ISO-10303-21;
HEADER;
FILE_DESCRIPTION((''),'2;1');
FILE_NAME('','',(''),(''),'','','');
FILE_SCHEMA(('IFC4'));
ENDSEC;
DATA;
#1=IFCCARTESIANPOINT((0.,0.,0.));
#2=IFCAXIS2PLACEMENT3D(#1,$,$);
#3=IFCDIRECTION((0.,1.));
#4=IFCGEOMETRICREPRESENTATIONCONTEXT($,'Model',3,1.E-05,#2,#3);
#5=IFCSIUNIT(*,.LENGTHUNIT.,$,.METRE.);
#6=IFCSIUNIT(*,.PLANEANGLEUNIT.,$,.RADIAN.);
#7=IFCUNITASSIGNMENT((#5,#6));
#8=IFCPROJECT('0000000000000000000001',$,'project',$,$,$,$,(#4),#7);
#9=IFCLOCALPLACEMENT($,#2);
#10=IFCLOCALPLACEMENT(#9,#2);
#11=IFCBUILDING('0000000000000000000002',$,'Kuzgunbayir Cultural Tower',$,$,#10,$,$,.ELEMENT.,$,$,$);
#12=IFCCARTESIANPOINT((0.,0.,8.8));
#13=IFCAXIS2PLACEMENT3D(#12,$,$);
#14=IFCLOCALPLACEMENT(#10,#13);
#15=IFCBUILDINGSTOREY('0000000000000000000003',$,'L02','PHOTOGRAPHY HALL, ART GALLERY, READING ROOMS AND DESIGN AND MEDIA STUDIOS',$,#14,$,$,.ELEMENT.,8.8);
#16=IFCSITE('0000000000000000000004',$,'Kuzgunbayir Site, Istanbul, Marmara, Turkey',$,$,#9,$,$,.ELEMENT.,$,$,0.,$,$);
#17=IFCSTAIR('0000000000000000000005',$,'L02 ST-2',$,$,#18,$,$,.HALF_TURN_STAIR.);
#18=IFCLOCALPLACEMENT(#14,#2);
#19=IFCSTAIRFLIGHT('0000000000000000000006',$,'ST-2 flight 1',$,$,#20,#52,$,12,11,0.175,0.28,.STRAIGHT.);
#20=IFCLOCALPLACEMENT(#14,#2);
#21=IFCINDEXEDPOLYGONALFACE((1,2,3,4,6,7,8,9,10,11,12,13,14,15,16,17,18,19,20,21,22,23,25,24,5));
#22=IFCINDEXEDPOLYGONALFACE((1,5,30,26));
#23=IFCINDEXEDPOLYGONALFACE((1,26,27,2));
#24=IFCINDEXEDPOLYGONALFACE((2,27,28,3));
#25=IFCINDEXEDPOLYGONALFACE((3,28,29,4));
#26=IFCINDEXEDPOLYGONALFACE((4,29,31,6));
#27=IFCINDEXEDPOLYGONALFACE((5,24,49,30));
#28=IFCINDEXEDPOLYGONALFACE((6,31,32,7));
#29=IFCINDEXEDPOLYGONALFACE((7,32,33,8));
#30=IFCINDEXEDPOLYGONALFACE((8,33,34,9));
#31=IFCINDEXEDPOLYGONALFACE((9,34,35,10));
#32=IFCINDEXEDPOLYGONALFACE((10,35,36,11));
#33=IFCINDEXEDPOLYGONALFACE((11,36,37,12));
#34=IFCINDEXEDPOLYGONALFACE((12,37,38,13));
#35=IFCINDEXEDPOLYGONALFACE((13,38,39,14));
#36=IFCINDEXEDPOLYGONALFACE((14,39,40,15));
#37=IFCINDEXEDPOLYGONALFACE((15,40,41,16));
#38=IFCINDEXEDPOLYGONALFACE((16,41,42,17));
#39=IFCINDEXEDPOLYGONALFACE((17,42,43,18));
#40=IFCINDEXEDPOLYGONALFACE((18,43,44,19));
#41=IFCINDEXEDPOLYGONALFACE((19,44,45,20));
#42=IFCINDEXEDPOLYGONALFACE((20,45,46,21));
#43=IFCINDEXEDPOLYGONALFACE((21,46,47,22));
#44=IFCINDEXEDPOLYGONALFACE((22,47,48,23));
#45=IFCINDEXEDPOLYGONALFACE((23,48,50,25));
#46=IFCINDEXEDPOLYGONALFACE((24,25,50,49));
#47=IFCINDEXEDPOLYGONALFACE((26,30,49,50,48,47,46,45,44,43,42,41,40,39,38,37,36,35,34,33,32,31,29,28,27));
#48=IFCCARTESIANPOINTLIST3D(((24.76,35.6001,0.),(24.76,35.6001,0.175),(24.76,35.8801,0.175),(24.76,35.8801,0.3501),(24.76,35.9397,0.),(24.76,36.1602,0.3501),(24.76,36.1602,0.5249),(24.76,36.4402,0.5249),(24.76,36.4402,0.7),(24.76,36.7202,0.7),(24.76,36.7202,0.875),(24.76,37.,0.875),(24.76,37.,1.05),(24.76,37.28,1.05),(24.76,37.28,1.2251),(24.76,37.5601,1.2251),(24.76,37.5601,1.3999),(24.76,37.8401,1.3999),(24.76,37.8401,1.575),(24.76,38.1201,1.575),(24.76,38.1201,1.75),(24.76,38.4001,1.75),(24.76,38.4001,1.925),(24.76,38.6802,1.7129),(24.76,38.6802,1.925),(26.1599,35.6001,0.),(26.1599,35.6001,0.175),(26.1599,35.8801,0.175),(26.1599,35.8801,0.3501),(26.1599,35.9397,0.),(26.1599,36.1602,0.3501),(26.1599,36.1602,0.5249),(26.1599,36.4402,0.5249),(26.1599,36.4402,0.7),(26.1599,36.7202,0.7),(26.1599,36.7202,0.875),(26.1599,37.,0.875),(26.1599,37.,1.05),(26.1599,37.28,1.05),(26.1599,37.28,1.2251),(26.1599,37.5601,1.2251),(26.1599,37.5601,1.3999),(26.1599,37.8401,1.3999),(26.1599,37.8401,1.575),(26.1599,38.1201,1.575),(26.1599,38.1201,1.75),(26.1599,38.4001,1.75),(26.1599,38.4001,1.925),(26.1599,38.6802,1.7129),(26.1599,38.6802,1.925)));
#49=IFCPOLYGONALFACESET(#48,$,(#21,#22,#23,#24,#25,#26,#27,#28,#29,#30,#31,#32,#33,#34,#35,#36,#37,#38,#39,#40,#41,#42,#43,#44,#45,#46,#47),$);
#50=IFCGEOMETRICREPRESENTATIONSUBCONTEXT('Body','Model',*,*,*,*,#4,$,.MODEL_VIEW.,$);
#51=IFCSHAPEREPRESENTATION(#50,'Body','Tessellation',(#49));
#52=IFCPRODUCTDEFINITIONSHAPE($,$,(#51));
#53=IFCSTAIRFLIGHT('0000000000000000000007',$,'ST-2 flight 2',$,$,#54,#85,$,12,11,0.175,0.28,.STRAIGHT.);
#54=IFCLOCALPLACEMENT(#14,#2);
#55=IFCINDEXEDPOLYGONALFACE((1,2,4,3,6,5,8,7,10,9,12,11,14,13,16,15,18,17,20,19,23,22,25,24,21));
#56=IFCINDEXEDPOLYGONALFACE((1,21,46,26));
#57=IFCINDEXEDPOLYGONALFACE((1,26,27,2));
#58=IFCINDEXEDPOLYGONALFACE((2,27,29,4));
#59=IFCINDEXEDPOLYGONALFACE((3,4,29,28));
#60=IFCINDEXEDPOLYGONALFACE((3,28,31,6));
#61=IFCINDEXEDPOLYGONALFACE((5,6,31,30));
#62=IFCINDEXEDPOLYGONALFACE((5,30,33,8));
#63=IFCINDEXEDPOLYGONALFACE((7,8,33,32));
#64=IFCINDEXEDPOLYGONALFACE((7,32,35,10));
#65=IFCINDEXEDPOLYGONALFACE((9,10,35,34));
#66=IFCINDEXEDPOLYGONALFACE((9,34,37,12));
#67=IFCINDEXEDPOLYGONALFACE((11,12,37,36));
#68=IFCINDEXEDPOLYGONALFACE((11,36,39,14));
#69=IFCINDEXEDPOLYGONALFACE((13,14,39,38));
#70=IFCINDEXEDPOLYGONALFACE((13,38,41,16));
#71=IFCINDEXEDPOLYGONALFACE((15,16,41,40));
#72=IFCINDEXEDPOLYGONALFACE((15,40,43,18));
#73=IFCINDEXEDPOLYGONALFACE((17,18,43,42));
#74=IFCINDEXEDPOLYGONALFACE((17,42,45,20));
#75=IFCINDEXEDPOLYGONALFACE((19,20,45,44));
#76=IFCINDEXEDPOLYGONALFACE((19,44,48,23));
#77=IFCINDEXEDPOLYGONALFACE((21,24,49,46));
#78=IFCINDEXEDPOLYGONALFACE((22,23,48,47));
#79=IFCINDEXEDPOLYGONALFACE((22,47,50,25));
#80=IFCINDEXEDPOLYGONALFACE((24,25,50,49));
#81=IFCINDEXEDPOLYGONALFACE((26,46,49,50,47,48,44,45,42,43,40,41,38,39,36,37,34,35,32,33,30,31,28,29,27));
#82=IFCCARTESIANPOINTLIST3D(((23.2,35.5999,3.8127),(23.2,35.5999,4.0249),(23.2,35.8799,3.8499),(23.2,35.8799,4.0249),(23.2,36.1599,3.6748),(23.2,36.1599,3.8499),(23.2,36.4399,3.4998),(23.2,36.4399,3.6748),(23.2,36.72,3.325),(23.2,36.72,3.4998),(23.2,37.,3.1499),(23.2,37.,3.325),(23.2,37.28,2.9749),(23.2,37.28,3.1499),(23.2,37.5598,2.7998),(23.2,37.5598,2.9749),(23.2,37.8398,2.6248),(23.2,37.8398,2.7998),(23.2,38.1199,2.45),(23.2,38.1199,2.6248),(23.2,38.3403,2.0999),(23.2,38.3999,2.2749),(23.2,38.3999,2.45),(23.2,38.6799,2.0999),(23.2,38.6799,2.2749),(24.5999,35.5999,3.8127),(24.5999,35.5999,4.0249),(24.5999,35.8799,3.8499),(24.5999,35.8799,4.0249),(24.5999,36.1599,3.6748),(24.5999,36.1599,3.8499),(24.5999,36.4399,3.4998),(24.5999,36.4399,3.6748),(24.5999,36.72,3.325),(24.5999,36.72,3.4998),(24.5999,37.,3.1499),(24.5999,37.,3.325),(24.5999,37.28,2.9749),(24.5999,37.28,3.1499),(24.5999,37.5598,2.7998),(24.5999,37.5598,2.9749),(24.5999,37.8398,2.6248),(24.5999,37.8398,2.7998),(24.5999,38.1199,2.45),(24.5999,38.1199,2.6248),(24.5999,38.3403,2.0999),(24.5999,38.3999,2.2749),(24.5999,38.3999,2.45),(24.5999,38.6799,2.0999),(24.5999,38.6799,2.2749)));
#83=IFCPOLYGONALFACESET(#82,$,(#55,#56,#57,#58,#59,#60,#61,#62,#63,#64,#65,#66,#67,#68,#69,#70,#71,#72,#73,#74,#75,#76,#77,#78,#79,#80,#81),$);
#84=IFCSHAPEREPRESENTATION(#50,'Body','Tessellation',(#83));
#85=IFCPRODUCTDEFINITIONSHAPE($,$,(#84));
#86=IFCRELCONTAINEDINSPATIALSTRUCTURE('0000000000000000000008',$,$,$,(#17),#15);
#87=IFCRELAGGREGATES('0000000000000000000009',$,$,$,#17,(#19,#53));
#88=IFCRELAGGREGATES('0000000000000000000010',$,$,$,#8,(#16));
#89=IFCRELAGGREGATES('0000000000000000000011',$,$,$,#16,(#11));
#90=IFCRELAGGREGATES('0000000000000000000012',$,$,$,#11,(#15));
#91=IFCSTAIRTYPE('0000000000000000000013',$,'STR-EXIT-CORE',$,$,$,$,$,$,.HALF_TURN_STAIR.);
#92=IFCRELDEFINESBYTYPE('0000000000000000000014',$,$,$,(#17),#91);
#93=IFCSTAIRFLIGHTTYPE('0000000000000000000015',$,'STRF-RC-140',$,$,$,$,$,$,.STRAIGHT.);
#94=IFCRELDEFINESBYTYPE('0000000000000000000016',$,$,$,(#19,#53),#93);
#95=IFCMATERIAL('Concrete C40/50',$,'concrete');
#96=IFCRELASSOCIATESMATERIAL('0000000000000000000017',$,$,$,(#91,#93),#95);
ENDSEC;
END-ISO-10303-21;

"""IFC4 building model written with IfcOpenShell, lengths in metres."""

from ifc_helpers import new_model, si_unit, direction, frame, origin, place, context, subcontext, project, spatial, polyline, outline, extrude, material, type_object, element, aggregate, save


model = new_model("IFC4")

# Units and contexts
model_context = context("Model", 3, precision=1e-05, world=origin(), true_north=direction((0.0, 1.0)))
body_context = subcontext(model_context, "Body", "Model", "MODEL_VIEW")
ifc_project = project(units=[si_unit("LENGTHUNIT", "METRE"), si_unit("PLANEANGLEUNIT", "RADIAN")], contexts=[model_context])

# Site, building, storey
site_placement = place(None, origin())
site = spatial("IfcSite", under=ifc_project, at=site_placement, Name="Kuzgunbayir Site, Istanbul, Marmara, Turkey", CompositionType="ELEMENT", RefElevation=0.0)
building_placement = place(site_placement, origin())
building = spatial("IfcBuilding", under=site, at=building_placement, Name="Kuzgunbayir Cultural Tower", CompositionType="ELEMENT")
storey_placement = place(building_placement, frame((0.0, 0.0, 8.8)))
storey = spatial("IfcBuildingStorey", under=building, at=storey_placement, Name="L02", Description="PHOTOGRAPHY HALL, ART GALLERY, READING ROOMS AND DESIGN AND MEDIA STUDIOS", CompositionType="ELEMENT", Elevation=8.8)

# Shared definitions
ifc_material_1 = material(Name="Concrete C40/50", Category="concrete")

# Stair, stair flights
stair_type = type_object("IfcStairType", Name="STR-EXIT-CORE", PredefinedType="HALF_TURN_STAIR", material=ifc_material_1)
stair_placement = place(storey_placement, origin())
stair = element("IfcStair", 1, at=stair_placement, inside=storey, type_object=stair_type, Name="L02 ST-2", PredefinedType="HALF_TURN_STAIR")
stair_flight_type = type_object("IfcStairFlightType", Name="STRF-RC-140", PredefinedType="STRAIGHT", material=ifc_material_1)
stair_flight_1_placement = place(storey_placement, frame((25.46, 35.6001, 0.0), z_axis=(0.0, 0.0, 1.0), x_axis=(0.0, 1.0, 0.0)))
stair_flight_1 = element("IfcStairFlight", 2, at=stair_flight_1_placement, type_object=stair_flight_type, Name="ST-2 flight 1", NumberOfRisers=12, NumberOfTreads=11, PredefinedType="STRAIGHT", RiserHeight=0.175, TreadLength=0.28, context=body_context, shape_type="SweptSolid", body=[
    extrude(outline(polyline([(0.0, 0.0), (0.0, 0.175), (0.28, 0.175), (0.28, 0.3501), (0.5601, 0.3501), (0.5601, 0.5249), (0.8401, 0.5249), (0.8401, 0.7), (1.1201, 0.7), (1.1201, 0.875), (1.3999, 0.875), (1.3999, 1.05), (1.6799, 1.05), (1.6799, 1.2251), (1.96, 1.2251), (1.96, 1.3999), (2.24, 1.3999), (2.24, 1.575), (2.52, 1.575), (2.52, 1.75), (2.8, 1.75), (2.8, 1.925), (3.0801, 1.925), (3.0801, 2.1001), (3.0801, 1.7129), (0.3396, 0.0), (0.0, 0.0)])), frame((0.0, 0.7, 0.0), z_axis=(0.0, -1.0, 0.0), x_axis=(1.0, 0.0, 0.0)), (0.0, 0.0, 1.0), 1.3999),
])
stair_flight_2_placement = place(storey_placement, frame((23.8999, 38.6799, 2.0999), z_axis=(0.0, 0.0, 1.0), x_axis=(0.0, -1.0, 0.0)))
stair_flight_2 = element("IfcStairFlight", 3, at=stair_flight_2_placement, type_object=stair_flight_type, Name="ST-2 flight 2", NumberOfRisers=12, NumberOfTreads=11, PredefinedType="STRAIGHT", RiserHeight=0.175, TreadLength=0.28, context=body_context, shape_type="SweptSolid", body=[
    extrude(outline(polyline([(0.0, 0.0), (0.0, 0.175), (0.28, 0.175), (0.28, 0.3501), (0.5601, 0.3501), (0.5601, 0.5249), (0.8401, 0.5249), (0.8401, 0.7), (1.1201, 0.7), (1.1201, 0.875), (1.3999, 0.875), (1.3999, 1.05), (1.6799, 1.05), (1.6799, 1.2251), (1.96, 1.2251), (1.96, 1.3999), (2.24, 1.3999), (2.24, 1.575), (2.52, 1.575), (2.52, 1.75), (2.8, 1.75), (2.8, 1.925), (3.0801, 1.925), (3.0801, 2.1001), (3.0801, 1.7129), (0.3396, 0.0), (0.0, 0.0)])), frame((0.0, 0.7, 0.0), z_axis=(0.0, -1.0, 0.0), x_axis=(1.0, 0.0, 0.0)), (0.0, 0.0, 1.0), 1.3999),
])
aggregate(stair, [stair_flight_1, stair_flight_2])

save(model, "model.ifc")
